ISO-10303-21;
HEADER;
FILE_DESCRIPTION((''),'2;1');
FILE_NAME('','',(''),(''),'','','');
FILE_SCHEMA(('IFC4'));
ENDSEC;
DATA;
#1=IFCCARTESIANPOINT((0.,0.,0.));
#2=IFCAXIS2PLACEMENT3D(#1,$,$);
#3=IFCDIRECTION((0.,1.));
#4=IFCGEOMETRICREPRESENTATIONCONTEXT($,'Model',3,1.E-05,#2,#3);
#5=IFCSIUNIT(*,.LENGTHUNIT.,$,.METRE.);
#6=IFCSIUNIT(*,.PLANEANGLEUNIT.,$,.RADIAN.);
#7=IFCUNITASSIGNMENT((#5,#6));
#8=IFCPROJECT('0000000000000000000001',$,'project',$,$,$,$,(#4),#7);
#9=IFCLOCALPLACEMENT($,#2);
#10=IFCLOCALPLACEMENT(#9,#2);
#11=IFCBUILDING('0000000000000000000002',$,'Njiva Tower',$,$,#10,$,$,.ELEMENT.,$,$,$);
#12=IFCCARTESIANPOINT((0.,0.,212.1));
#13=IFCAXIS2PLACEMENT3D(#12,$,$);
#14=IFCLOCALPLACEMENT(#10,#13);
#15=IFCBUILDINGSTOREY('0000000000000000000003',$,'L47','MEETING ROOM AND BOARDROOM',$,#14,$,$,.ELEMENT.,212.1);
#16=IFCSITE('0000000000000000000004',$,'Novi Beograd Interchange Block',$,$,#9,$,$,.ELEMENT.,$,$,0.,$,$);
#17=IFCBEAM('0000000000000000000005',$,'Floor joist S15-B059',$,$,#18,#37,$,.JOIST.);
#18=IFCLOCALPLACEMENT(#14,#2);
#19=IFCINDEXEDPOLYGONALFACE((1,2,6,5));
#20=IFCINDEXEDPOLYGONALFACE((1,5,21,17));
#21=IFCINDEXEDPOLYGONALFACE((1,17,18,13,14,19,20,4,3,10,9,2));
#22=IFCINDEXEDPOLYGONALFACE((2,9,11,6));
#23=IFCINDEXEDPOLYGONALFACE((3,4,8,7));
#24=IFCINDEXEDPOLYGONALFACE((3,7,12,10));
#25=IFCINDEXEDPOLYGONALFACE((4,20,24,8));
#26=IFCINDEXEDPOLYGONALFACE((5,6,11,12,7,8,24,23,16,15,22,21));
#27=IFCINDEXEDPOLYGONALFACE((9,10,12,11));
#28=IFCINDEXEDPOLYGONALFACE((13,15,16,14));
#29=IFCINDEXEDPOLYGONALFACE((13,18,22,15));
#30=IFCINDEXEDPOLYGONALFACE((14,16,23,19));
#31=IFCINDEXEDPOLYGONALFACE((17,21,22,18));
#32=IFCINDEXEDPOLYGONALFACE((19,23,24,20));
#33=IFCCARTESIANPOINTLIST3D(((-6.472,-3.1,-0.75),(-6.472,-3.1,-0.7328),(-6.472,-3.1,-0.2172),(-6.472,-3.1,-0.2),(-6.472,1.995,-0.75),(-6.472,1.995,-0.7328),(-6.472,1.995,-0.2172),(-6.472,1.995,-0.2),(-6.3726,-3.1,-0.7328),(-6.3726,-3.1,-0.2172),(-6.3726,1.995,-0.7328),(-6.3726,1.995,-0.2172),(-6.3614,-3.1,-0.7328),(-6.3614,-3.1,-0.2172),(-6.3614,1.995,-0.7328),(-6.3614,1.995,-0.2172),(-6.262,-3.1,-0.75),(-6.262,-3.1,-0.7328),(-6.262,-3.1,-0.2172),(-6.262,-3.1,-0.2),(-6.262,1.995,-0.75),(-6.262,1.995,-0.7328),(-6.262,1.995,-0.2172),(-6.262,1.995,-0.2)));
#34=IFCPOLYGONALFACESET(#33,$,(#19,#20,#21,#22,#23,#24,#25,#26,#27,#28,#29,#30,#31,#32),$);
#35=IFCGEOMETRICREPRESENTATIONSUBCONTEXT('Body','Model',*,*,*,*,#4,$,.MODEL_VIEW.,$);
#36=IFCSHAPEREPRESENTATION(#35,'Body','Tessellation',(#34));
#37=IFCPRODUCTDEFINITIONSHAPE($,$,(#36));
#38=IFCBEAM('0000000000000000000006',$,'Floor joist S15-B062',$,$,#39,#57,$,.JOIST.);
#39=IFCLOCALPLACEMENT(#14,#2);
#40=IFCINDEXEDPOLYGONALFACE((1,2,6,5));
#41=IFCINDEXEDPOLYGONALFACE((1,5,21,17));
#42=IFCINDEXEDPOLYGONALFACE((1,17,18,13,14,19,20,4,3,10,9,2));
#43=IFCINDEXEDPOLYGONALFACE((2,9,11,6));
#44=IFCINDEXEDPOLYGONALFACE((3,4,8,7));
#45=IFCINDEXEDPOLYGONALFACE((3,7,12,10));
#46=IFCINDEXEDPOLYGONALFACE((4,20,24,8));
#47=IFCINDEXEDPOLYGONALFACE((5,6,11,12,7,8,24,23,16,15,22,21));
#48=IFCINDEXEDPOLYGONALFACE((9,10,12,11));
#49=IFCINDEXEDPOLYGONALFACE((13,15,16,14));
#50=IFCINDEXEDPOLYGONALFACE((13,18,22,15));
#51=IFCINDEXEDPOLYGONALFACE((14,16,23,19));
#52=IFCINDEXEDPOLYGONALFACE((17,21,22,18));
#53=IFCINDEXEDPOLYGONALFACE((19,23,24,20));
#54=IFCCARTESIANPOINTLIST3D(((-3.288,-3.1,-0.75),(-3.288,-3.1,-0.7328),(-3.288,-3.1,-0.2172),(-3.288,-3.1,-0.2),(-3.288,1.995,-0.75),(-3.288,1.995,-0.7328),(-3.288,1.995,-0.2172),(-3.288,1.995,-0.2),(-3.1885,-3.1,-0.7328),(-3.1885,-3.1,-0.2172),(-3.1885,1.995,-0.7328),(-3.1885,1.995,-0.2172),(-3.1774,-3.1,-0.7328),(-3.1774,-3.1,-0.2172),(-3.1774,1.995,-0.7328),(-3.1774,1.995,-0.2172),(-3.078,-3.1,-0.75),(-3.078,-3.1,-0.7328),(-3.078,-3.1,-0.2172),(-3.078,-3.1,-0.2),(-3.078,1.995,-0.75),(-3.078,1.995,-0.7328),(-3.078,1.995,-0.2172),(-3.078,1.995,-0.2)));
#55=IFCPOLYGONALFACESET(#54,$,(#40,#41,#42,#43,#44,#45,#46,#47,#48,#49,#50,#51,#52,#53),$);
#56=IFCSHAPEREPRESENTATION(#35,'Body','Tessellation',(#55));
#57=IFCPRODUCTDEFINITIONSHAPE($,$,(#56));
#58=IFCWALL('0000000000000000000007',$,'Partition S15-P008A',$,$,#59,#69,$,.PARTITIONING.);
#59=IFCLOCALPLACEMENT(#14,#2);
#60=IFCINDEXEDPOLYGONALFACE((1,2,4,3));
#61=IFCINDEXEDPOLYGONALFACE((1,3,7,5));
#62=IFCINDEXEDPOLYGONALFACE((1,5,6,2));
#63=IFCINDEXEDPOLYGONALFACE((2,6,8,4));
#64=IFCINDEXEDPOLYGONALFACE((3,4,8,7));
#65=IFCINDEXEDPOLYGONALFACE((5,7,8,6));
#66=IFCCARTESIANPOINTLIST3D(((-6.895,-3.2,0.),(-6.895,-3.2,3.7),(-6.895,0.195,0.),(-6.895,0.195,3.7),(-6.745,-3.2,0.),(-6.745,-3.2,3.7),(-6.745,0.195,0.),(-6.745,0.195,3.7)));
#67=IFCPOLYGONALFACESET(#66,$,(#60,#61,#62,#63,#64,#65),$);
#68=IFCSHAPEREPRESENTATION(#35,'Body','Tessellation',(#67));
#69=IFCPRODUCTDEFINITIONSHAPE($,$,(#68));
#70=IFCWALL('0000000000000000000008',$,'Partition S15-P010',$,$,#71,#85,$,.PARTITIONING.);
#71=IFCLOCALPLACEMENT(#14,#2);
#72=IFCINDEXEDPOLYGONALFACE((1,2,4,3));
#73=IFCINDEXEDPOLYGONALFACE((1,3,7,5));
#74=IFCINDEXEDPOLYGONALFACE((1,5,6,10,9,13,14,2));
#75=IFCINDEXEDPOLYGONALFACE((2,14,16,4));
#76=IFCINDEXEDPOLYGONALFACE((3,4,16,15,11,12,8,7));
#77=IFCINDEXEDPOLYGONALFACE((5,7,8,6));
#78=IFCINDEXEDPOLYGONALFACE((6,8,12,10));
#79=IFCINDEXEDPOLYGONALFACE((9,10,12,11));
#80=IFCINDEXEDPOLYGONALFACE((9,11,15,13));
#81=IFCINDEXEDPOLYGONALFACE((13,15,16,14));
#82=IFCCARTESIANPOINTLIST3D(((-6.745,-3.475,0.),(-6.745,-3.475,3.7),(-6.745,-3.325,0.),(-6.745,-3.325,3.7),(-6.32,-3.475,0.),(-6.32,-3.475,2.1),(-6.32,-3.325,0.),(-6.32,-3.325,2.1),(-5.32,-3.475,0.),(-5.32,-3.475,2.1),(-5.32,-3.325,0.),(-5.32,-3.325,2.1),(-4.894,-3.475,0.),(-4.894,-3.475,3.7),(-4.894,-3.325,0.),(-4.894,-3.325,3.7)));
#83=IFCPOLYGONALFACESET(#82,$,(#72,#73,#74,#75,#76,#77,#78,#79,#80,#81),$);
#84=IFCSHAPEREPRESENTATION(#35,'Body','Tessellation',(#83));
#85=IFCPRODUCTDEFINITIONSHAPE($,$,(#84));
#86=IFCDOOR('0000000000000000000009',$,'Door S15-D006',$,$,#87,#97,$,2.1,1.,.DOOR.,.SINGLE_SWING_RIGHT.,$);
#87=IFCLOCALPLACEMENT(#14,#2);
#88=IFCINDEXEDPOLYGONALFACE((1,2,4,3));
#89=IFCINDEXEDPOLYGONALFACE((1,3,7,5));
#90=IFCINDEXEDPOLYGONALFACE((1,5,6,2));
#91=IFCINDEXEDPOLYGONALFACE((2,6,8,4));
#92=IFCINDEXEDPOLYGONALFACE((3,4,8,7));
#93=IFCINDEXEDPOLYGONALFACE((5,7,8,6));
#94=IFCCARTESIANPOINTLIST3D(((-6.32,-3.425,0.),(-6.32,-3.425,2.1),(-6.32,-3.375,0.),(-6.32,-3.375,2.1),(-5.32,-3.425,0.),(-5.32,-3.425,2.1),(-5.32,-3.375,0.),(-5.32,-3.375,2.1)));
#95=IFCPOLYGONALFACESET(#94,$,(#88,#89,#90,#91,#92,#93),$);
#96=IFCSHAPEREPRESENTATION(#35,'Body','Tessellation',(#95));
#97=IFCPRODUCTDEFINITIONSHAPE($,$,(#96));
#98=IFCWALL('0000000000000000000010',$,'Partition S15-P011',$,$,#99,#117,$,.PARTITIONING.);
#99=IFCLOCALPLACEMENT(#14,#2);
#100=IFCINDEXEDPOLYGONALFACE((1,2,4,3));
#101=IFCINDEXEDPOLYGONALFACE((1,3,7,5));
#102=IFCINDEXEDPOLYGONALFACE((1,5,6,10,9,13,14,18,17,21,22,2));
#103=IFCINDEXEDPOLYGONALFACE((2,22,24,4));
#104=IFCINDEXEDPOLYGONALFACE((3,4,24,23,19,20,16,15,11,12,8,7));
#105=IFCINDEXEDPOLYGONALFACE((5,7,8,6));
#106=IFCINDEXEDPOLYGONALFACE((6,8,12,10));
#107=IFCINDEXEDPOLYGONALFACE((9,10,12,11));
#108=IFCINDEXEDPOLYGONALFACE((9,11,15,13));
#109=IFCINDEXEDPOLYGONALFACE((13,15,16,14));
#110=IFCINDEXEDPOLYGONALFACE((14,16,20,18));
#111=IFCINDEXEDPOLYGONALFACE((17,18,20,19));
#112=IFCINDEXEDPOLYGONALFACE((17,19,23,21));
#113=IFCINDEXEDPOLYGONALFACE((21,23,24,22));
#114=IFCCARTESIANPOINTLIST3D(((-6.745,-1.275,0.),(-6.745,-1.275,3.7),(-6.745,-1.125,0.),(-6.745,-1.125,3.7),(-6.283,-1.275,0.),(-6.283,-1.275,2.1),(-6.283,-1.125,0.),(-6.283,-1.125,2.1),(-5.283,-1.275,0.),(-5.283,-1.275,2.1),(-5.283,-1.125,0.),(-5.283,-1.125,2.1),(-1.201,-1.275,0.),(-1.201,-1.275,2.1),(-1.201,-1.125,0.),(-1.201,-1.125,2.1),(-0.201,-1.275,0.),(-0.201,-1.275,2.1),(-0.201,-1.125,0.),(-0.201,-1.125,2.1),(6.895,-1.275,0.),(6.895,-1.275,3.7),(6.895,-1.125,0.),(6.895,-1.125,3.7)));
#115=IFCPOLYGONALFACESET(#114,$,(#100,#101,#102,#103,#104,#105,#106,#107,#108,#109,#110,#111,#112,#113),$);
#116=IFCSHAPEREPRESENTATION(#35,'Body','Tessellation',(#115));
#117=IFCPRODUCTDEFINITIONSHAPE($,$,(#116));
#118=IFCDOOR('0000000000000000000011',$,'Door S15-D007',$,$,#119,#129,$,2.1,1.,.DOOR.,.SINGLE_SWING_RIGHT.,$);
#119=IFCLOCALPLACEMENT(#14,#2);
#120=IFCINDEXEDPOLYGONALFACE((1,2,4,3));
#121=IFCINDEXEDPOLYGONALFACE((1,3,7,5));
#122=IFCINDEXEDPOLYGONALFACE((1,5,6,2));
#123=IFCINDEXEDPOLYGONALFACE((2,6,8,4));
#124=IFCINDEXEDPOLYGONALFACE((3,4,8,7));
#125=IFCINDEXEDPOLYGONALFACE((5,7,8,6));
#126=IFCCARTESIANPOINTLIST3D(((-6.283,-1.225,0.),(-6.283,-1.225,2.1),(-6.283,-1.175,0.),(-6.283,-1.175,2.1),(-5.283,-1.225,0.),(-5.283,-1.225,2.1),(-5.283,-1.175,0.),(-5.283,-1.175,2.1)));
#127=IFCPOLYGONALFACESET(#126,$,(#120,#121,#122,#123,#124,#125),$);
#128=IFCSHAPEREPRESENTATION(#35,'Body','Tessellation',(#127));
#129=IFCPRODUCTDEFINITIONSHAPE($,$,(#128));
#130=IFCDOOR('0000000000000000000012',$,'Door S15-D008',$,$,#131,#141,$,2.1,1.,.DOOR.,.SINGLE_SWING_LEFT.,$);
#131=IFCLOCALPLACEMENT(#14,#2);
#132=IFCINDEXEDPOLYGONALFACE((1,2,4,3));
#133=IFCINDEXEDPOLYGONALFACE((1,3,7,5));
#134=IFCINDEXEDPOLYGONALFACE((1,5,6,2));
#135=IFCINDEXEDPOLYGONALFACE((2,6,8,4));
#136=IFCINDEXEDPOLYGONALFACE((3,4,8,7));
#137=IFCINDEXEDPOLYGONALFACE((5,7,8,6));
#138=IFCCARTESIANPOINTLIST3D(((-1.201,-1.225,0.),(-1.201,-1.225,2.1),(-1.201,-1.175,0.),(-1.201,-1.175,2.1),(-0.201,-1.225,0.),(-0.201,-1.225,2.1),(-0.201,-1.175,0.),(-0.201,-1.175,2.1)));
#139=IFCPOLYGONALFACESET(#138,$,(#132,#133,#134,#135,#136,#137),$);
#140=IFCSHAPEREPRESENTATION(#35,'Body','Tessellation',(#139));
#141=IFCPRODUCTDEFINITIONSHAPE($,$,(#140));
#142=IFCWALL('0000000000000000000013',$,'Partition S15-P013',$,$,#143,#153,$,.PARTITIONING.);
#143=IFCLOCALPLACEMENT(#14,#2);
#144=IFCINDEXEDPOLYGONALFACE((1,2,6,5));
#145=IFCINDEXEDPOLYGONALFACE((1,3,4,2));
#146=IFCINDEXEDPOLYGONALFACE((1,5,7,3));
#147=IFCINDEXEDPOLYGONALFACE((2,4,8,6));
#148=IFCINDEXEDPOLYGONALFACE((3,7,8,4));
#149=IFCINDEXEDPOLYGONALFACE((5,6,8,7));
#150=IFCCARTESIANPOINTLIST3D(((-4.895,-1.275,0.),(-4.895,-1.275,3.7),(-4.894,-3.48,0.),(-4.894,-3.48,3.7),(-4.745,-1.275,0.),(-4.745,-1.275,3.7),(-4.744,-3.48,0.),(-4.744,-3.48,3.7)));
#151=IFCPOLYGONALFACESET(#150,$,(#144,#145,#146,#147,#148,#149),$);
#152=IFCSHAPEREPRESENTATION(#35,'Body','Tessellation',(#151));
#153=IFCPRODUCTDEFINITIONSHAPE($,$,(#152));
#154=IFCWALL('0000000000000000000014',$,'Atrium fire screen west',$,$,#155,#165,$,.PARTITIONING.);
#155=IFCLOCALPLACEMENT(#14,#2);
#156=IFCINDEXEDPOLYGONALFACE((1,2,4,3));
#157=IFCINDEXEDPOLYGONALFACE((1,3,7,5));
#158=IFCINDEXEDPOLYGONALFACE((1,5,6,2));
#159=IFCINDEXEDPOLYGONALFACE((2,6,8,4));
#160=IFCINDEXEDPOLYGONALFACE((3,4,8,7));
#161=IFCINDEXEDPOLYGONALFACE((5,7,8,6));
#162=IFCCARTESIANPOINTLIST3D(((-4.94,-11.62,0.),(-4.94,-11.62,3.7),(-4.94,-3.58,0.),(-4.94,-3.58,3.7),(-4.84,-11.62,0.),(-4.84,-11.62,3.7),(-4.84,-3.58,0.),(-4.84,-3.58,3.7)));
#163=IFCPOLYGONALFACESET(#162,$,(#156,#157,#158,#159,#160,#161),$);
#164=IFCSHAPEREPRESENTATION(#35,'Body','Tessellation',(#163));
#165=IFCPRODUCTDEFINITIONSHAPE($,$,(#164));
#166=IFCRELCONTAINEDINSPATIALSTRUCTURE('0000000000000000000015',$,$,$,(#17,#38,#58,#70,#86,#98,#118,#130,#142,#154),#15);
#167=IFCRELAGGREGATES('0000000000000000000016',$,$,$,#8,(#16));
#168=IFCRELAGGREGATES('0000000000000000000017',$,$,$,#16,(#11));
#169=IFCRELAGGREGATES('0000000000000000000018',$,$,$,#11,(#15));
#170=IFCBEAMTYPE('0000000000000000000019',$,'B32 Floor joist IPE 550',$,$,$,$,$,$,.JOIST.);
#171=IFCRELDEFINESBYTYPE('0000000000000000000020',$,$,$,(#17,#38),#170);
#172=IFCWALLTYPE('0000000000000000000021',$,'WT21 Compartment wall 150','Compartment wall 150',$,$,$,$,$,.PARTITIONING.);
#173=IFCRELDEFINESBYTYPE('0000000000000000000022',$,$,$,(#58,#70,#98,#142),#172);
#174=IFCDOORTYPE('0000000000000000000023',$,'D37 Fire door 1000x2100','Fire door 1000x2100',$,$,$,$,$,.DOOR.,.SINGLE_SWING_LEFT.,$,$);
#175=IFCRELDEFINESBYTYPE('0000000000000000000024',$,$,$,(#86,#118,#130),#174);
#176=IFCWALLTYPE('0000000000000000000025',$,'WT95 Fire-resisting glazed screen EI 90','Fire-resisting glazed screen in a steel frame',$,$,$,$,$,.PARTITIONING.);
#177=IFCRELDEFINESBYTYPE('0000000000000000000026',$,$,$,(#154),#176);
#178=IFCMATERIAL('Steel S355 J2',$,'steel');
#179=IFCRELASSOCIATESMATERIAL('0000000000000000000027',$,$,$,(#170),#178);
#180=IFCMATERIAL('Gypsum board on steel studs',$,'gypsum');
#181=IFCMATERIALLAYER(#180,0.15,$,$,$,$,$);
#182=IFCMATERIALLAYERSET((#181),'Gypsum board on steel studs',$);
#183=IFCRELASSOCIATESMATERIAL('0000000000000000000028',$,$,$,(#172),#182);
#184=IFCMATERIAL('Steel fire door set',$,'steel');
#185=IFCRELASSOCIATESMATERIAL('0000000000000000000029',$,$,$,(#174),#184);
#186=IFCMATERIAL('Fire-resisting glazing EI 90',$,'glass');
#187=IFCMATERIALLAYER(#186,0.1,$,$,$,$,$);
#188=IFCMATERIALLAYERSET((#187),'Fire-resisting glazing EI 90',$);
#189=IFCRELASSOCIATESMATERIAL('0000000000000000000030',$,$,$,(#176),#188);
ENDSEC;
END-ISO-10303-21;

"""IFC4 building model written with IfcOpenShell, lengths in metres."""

from ifc_helpers import new_model, si_unit, direction, frame, frame_2d, origin, origin_2d, place, context, subcontext, project, spatial, rectangle, i_section, extrude, material, layer, layer_set, material_profile, profile_set, type_object, element, fill, save


model = new_model("IFC4")

# Units and contexts
model_context = context("Model", 3, precision=1e-05, world=origin(), true_north=direction((0.0, 1.0)))
body_context = subcontext(model_context, "Body", "Model", "MODEL_VIEW")
ifc_project = project(units=[si_unit("LENGTHUNIT", "METRE"), si_unit("PLANEANGLEUNIT", "RADIAN")], contexts=[model_context])

# Site, building, storey
site_placement = place(None, origin())
site = spatial("IfcSite", under=ifc_project, at=site_placement, Name="Novi Beograd Interchange Block", CompositionType="ELEMENT", RefElevation=0.0)
building_placement = place(site_placement, origin())
building = spatial("IfcBuilding", under=site, at=building_placement, Name="Njiva Tower", CompositionType="ELEMENT")
storey_placement = place(building_placement, frame((0.0, 0.0, 212.1)))
storey = spatial("IfcBuildingStorey", under=building, at=storey_placement, Name="L47", Description="MEETING ROOM AND BOARDROOM", CompositionType="ELEMENT", Elevation=212.1)

# Shared definitions
ifc_material_1 = material(Name="Steel S355 J2", Category="steel")

# Beams
ifc_material_profile_1 = material_profile(ifc_material_1, i_section(OverallWidth=0.21, OverallDepth=0.55, WebThickness=0.0111, FlangeThickness=0.0172, at=origin_2d()), Name="IPE 550")
ifc_profile_set_1 = profile_set([ifc_material_profile_1], Name="Steel S355 J2")
beam_type_1 = type_object("IfcBeamType", Name="B32 Floor joist IPE 550", PredefinedType="JOIST", material=ifc_profile_set_1)
for number, where, z_axis, x_axis, name in (
    (1, (-6.367, 1.995, -0.475), (0.0, -1.0, 0.0), (1.0, 0.0, 0.0), "Floor joist S15-B059"),
    (2, (-3.183, 1.995, -0.475), (0.0, -1.0, 0.0), (1.0, 0.0, 0.0), "Floor joist S15-B062"),
):
    element("IfcBeam", number, at=place(storey_placement, frame(where, z_axis=z_axis, x_axis=x_axis)), inside=storey, type_object=beam_type_1, Name=name, PredefinedType="JOIST", context=body_context, shape_type="SweptSolid", body=[
        extrude(i_section(OverallWidth=0.21, OverallDepth=0.55, WebThickness=0.0111, FlangeThickness=0.0172, at=origin_2d()), origin(), (0.0, 0.0, 1.0), 5.095),
    ])

# Wall
ifc_material_2 = material(Name="Gypsum board on steel studs", Category="gypsum")
ifc_layer_1 = layer(ifc_material_2, 0.15)
ifc_layer_set_1 = layer_set([ifc_layer_1], Name="Gypsum board on steel studs")
wall_type_1 = type_object("IfcWallType", Name="WT21 Compartment wall 150", Description="Compartment wall 150", PredefinedType="PARTITIONING", material=ifc_layer_set_1)
wall_1_placement = place(storey_placement, frame((-6.82, -3.2, 0.0), z_axis=(0.0, 0.0, 1.0), x_axis=(0.0, 1.0, 0.0)))
element("IfcWall", 3, at=wall_1_placement, inside=storey, type_object=wall_type_1, Name="Partition S15-P008A", PredefinedType="PARTITIONING", context=body_context, shape_type="SweptSolid", body=[
    extrude(rectangle(XDim=3.395, YDim=0.15, at=frame_2d((1.6975, 0.0))), origin(), (0.0, 0.0, 1.0), 3.7),
])

# Wall, opening, door
wall_2_placement = place(storey_placement, frame((-6.745, -3.4, 0.0), z_axis=(0.0, 0.0, 1.0), x_axis=(1.0, 0.0, 0.0)))
wall_2 = element("IfcWall", 4, at=wall_2_placement, inside=storey, type_object=wall_type_1, Name="Partition S15-P010", PredefinedType="PARTITIONING", context=body_context, shape_type="SweptSolid", body=[
    extrude(rectangle(XDim=1.851, YDim=0.15, at=frame_2d((0.9255, 0.0))), origin(), (0.0, 0.0, 1.0), 3.7),
])
opening_1_placement = place(wall_2_placement, frame((0.425, 0.0, 0.0)))
opening_1 = element("IfcOpeningElement", 5, at=opening_1_placement, cuts=wall_2, PredefinedType="OPENING", context=body_context, shape_type="SweptSolid", body=[
    extrude(rectangle(XDim=1.0, YDim=2.1, at=frame_2d((0.5, 1.05))), frame((0.0, 0.085, 0.0), z_axis=(0.0, -1.0, 0.0), x_axis=(1.0, 0.0, 0.0)), (0.0, 0.0, 1.0), 0.17),
])
ifc_material_3 = material(Name="Steel fire door set", Category="steel")
door_type = type_object("IfcDoorType", Name="D37 Fire door 1000x2100", Description="Fire door 1000x2100", OperationType="SINGLE_SWING_LEFT", PredefinedType="DOOR", material=ifc_material_3)
door_1_placement = place(opening_1_placement, origin())
door_1 = element("IfcDoor", 6, at=door_1_placement, inside=storey, type_object=door_type, Name="Door S15-D006", OperationType="SINGLE_SWING_RIGHT", OverallHeight=2.1, OverallWidth=1.0, PredefinedType="DOOR", context=body_context, shape_type="SweptSolid", body=[
    extrude(rectangle(XDim=1.0, YDim=2.1, at=frame_2d((0.5, 1.05))), frame((0.0, 0.025, 0.0), z_axis=(0.0, -1.0, 0.0), x_axis=(1.0, 0.0, 0.0)), (0.0, 0.0, 1.0), 0.05),
])
fill(opening_1, door_1)

# Wall, openings, doors
wall_3_placement = place(storey_placement, frame((-6.745, -1.2, 0.0), z_axis=(0.0, 0.0, 1.0), x_axis=(1.0, 0.0, 0.0)))
wall_3 = element("IfcWall", 7, at=wall_3_placement, inside=storey, type_object=wall_type_1, Name="Partition S15-P011", PredefinedType="PARTITIONING", context=body_context, shape_type="SweptSolid", body=[
    extrude(rectangle(XDim=13.64, YDim=0.15, at=frame_2d((6.82, 0.0))), origin(), (0.0, 0.0, 1.0), 3.7),
])
opening_2_placement = place(wall_3_placement, frame((0.462, 0.0, 0.0)))
opening_2 = element("IfcOpeningElement", 8, at=opening_2_placement, cuts=wall_3, PredefinedType="OPENING", context=body_context, shape_type="SweptSolid", body=[
    extrude(rectangle(XDim=1.0, YDim=2.1, at=frame_2d((0.5, 1.05))), frame((0.0, 0.085, 0.0), z_axis=(0.0, -1.0, 0.0), x_axis=(1.0, 0.0, 0.0)), (0.0, 0.0, 1.0), 0.17),
])
opening_3_placement = place(wall_3_placement, frame((5.544, 0.0, 0.0)))
opening_3 = element("IfcOpeningElement", 9, at=opening_3_placement, cuts=wall_3, PredefinedType="OPENING", context=body_context, shape_type="SweptSolid", body=[
    extrude(rectangle(XDim=1.0, YDim=2.1, at=frame_2d((0.5, 1.05))), frame((0.0, 0.085, 0.0), z_axis=(0.0, -1.0, 0.0), x_axis=(1.0, 0.0, 0.0)), (0.0, 0.0, 1.0), 0.17),
])
door_2_placement = place(opening_2_placement, origin())
door_2 = element("IfcDoor", 10, at=door_2_placement, inside=storey, type_object=door_type, Name="Door S15-D007", OperationType="SINGLE_SWING_RIGHT", OverallHeight=2.1, OverallWidth=1.0, PredefinedType="DOOR", context=body_context, shape_type="SweptSolid", body=[
    extrude(rectangle(XDim=1.0, YDim=2.1, at=frame_2d((0.5, 1.05))), frame((0.0, 0.025, 0.0), z_axis=(0.0, -1.0, 0.0), x_axis=(1.0, 0.0, 0.0)), (0.0, 0.0, 1.0), 0.05),
])
fill(opening_2, door_2)
door_3_placement = place(opening_3_placement, origin())
door_3 = element("IfcDoor", 11, at=door_3_placement, inside=storey, type_object=door_type, Name="Door S15-D008", OperationType="SINGLE_SWING_LEFT", OverallHeight=2.1, OverallWidth=1.0, PredefinedType="DOOR", context=body_context, shape_type="SweptSolid", body=[
    extrude(rectangle(XDim=1.0, YDim=2.1, at=frame_2d((0.5, 1.05))), frame((0.0, 0.025, 0.0), z_axis=(0.0, -1.0, 0.0), x_axis=(1.0, 0.0, 0.0)), (0.0, 0.0, 1.0), 0.05),
])
fill(opening_3, door_3)

# Walls
wall_4_placement = place(storey_placement, frame((-4.819, -3.48, 0.0), z_axis=(0.0, 0.0, 1.0), x_axis=(-0.000454, 1.0, 0.0)))
element("IfcWall", 12, at=wall_4_placement, inside=storey, type_object=wall_type_1, Name="Partition S15-P013", PredefinedType="PARTITIONING", context=body_context, shape_type="SweptSolid", body=[
    extrude(rectangle(XDim=2.205, YDim=0.15, at=frame_2d((1.1025, 0.0))), origin(), (0.0, 0.0, 1.0), 3.7),
])
ifc_material_4 = material(Name="Fire-resisting glazing EI 90", Category="glass")
ifc_layer_2 = layer(ifc_material_4, 0.1)
ifc_layer_set_2 = layer_set([ifc_layer_2], Name="Fire-resisting glazing EI 90")
wall_type_2 = type_object("IfcWallType", Name="WT95 Fire-resisting glazed screen EI 90", Description="Fire-resisting glazed screen in a steel frame", PredefinedType="PARTITIONING", material=ifc_layer_set_2)
wall_5_placement = place(storey_placement, frame((-4.89, -3.58, 0.0), z_axis=(0.0, 0.0, 1.0), x_axis=(0.0, -1.0, 0.0)))
element("IfcWall", 13, at=wall_5_placement, inside=storey, type_object=wall_type_2, Name="Atrium fire screen west", PredefinedType="PARTITIONING", context=body_context, shape_type="SweptSolid", body=[
    extrude(rectangle(XDim=8.04, YDim=0.1, at=frame_2d((4.02, 0.0))), origin(), (0.0, 0.0, 1.0), 3.7),
])

save(model, "model.ifc")
